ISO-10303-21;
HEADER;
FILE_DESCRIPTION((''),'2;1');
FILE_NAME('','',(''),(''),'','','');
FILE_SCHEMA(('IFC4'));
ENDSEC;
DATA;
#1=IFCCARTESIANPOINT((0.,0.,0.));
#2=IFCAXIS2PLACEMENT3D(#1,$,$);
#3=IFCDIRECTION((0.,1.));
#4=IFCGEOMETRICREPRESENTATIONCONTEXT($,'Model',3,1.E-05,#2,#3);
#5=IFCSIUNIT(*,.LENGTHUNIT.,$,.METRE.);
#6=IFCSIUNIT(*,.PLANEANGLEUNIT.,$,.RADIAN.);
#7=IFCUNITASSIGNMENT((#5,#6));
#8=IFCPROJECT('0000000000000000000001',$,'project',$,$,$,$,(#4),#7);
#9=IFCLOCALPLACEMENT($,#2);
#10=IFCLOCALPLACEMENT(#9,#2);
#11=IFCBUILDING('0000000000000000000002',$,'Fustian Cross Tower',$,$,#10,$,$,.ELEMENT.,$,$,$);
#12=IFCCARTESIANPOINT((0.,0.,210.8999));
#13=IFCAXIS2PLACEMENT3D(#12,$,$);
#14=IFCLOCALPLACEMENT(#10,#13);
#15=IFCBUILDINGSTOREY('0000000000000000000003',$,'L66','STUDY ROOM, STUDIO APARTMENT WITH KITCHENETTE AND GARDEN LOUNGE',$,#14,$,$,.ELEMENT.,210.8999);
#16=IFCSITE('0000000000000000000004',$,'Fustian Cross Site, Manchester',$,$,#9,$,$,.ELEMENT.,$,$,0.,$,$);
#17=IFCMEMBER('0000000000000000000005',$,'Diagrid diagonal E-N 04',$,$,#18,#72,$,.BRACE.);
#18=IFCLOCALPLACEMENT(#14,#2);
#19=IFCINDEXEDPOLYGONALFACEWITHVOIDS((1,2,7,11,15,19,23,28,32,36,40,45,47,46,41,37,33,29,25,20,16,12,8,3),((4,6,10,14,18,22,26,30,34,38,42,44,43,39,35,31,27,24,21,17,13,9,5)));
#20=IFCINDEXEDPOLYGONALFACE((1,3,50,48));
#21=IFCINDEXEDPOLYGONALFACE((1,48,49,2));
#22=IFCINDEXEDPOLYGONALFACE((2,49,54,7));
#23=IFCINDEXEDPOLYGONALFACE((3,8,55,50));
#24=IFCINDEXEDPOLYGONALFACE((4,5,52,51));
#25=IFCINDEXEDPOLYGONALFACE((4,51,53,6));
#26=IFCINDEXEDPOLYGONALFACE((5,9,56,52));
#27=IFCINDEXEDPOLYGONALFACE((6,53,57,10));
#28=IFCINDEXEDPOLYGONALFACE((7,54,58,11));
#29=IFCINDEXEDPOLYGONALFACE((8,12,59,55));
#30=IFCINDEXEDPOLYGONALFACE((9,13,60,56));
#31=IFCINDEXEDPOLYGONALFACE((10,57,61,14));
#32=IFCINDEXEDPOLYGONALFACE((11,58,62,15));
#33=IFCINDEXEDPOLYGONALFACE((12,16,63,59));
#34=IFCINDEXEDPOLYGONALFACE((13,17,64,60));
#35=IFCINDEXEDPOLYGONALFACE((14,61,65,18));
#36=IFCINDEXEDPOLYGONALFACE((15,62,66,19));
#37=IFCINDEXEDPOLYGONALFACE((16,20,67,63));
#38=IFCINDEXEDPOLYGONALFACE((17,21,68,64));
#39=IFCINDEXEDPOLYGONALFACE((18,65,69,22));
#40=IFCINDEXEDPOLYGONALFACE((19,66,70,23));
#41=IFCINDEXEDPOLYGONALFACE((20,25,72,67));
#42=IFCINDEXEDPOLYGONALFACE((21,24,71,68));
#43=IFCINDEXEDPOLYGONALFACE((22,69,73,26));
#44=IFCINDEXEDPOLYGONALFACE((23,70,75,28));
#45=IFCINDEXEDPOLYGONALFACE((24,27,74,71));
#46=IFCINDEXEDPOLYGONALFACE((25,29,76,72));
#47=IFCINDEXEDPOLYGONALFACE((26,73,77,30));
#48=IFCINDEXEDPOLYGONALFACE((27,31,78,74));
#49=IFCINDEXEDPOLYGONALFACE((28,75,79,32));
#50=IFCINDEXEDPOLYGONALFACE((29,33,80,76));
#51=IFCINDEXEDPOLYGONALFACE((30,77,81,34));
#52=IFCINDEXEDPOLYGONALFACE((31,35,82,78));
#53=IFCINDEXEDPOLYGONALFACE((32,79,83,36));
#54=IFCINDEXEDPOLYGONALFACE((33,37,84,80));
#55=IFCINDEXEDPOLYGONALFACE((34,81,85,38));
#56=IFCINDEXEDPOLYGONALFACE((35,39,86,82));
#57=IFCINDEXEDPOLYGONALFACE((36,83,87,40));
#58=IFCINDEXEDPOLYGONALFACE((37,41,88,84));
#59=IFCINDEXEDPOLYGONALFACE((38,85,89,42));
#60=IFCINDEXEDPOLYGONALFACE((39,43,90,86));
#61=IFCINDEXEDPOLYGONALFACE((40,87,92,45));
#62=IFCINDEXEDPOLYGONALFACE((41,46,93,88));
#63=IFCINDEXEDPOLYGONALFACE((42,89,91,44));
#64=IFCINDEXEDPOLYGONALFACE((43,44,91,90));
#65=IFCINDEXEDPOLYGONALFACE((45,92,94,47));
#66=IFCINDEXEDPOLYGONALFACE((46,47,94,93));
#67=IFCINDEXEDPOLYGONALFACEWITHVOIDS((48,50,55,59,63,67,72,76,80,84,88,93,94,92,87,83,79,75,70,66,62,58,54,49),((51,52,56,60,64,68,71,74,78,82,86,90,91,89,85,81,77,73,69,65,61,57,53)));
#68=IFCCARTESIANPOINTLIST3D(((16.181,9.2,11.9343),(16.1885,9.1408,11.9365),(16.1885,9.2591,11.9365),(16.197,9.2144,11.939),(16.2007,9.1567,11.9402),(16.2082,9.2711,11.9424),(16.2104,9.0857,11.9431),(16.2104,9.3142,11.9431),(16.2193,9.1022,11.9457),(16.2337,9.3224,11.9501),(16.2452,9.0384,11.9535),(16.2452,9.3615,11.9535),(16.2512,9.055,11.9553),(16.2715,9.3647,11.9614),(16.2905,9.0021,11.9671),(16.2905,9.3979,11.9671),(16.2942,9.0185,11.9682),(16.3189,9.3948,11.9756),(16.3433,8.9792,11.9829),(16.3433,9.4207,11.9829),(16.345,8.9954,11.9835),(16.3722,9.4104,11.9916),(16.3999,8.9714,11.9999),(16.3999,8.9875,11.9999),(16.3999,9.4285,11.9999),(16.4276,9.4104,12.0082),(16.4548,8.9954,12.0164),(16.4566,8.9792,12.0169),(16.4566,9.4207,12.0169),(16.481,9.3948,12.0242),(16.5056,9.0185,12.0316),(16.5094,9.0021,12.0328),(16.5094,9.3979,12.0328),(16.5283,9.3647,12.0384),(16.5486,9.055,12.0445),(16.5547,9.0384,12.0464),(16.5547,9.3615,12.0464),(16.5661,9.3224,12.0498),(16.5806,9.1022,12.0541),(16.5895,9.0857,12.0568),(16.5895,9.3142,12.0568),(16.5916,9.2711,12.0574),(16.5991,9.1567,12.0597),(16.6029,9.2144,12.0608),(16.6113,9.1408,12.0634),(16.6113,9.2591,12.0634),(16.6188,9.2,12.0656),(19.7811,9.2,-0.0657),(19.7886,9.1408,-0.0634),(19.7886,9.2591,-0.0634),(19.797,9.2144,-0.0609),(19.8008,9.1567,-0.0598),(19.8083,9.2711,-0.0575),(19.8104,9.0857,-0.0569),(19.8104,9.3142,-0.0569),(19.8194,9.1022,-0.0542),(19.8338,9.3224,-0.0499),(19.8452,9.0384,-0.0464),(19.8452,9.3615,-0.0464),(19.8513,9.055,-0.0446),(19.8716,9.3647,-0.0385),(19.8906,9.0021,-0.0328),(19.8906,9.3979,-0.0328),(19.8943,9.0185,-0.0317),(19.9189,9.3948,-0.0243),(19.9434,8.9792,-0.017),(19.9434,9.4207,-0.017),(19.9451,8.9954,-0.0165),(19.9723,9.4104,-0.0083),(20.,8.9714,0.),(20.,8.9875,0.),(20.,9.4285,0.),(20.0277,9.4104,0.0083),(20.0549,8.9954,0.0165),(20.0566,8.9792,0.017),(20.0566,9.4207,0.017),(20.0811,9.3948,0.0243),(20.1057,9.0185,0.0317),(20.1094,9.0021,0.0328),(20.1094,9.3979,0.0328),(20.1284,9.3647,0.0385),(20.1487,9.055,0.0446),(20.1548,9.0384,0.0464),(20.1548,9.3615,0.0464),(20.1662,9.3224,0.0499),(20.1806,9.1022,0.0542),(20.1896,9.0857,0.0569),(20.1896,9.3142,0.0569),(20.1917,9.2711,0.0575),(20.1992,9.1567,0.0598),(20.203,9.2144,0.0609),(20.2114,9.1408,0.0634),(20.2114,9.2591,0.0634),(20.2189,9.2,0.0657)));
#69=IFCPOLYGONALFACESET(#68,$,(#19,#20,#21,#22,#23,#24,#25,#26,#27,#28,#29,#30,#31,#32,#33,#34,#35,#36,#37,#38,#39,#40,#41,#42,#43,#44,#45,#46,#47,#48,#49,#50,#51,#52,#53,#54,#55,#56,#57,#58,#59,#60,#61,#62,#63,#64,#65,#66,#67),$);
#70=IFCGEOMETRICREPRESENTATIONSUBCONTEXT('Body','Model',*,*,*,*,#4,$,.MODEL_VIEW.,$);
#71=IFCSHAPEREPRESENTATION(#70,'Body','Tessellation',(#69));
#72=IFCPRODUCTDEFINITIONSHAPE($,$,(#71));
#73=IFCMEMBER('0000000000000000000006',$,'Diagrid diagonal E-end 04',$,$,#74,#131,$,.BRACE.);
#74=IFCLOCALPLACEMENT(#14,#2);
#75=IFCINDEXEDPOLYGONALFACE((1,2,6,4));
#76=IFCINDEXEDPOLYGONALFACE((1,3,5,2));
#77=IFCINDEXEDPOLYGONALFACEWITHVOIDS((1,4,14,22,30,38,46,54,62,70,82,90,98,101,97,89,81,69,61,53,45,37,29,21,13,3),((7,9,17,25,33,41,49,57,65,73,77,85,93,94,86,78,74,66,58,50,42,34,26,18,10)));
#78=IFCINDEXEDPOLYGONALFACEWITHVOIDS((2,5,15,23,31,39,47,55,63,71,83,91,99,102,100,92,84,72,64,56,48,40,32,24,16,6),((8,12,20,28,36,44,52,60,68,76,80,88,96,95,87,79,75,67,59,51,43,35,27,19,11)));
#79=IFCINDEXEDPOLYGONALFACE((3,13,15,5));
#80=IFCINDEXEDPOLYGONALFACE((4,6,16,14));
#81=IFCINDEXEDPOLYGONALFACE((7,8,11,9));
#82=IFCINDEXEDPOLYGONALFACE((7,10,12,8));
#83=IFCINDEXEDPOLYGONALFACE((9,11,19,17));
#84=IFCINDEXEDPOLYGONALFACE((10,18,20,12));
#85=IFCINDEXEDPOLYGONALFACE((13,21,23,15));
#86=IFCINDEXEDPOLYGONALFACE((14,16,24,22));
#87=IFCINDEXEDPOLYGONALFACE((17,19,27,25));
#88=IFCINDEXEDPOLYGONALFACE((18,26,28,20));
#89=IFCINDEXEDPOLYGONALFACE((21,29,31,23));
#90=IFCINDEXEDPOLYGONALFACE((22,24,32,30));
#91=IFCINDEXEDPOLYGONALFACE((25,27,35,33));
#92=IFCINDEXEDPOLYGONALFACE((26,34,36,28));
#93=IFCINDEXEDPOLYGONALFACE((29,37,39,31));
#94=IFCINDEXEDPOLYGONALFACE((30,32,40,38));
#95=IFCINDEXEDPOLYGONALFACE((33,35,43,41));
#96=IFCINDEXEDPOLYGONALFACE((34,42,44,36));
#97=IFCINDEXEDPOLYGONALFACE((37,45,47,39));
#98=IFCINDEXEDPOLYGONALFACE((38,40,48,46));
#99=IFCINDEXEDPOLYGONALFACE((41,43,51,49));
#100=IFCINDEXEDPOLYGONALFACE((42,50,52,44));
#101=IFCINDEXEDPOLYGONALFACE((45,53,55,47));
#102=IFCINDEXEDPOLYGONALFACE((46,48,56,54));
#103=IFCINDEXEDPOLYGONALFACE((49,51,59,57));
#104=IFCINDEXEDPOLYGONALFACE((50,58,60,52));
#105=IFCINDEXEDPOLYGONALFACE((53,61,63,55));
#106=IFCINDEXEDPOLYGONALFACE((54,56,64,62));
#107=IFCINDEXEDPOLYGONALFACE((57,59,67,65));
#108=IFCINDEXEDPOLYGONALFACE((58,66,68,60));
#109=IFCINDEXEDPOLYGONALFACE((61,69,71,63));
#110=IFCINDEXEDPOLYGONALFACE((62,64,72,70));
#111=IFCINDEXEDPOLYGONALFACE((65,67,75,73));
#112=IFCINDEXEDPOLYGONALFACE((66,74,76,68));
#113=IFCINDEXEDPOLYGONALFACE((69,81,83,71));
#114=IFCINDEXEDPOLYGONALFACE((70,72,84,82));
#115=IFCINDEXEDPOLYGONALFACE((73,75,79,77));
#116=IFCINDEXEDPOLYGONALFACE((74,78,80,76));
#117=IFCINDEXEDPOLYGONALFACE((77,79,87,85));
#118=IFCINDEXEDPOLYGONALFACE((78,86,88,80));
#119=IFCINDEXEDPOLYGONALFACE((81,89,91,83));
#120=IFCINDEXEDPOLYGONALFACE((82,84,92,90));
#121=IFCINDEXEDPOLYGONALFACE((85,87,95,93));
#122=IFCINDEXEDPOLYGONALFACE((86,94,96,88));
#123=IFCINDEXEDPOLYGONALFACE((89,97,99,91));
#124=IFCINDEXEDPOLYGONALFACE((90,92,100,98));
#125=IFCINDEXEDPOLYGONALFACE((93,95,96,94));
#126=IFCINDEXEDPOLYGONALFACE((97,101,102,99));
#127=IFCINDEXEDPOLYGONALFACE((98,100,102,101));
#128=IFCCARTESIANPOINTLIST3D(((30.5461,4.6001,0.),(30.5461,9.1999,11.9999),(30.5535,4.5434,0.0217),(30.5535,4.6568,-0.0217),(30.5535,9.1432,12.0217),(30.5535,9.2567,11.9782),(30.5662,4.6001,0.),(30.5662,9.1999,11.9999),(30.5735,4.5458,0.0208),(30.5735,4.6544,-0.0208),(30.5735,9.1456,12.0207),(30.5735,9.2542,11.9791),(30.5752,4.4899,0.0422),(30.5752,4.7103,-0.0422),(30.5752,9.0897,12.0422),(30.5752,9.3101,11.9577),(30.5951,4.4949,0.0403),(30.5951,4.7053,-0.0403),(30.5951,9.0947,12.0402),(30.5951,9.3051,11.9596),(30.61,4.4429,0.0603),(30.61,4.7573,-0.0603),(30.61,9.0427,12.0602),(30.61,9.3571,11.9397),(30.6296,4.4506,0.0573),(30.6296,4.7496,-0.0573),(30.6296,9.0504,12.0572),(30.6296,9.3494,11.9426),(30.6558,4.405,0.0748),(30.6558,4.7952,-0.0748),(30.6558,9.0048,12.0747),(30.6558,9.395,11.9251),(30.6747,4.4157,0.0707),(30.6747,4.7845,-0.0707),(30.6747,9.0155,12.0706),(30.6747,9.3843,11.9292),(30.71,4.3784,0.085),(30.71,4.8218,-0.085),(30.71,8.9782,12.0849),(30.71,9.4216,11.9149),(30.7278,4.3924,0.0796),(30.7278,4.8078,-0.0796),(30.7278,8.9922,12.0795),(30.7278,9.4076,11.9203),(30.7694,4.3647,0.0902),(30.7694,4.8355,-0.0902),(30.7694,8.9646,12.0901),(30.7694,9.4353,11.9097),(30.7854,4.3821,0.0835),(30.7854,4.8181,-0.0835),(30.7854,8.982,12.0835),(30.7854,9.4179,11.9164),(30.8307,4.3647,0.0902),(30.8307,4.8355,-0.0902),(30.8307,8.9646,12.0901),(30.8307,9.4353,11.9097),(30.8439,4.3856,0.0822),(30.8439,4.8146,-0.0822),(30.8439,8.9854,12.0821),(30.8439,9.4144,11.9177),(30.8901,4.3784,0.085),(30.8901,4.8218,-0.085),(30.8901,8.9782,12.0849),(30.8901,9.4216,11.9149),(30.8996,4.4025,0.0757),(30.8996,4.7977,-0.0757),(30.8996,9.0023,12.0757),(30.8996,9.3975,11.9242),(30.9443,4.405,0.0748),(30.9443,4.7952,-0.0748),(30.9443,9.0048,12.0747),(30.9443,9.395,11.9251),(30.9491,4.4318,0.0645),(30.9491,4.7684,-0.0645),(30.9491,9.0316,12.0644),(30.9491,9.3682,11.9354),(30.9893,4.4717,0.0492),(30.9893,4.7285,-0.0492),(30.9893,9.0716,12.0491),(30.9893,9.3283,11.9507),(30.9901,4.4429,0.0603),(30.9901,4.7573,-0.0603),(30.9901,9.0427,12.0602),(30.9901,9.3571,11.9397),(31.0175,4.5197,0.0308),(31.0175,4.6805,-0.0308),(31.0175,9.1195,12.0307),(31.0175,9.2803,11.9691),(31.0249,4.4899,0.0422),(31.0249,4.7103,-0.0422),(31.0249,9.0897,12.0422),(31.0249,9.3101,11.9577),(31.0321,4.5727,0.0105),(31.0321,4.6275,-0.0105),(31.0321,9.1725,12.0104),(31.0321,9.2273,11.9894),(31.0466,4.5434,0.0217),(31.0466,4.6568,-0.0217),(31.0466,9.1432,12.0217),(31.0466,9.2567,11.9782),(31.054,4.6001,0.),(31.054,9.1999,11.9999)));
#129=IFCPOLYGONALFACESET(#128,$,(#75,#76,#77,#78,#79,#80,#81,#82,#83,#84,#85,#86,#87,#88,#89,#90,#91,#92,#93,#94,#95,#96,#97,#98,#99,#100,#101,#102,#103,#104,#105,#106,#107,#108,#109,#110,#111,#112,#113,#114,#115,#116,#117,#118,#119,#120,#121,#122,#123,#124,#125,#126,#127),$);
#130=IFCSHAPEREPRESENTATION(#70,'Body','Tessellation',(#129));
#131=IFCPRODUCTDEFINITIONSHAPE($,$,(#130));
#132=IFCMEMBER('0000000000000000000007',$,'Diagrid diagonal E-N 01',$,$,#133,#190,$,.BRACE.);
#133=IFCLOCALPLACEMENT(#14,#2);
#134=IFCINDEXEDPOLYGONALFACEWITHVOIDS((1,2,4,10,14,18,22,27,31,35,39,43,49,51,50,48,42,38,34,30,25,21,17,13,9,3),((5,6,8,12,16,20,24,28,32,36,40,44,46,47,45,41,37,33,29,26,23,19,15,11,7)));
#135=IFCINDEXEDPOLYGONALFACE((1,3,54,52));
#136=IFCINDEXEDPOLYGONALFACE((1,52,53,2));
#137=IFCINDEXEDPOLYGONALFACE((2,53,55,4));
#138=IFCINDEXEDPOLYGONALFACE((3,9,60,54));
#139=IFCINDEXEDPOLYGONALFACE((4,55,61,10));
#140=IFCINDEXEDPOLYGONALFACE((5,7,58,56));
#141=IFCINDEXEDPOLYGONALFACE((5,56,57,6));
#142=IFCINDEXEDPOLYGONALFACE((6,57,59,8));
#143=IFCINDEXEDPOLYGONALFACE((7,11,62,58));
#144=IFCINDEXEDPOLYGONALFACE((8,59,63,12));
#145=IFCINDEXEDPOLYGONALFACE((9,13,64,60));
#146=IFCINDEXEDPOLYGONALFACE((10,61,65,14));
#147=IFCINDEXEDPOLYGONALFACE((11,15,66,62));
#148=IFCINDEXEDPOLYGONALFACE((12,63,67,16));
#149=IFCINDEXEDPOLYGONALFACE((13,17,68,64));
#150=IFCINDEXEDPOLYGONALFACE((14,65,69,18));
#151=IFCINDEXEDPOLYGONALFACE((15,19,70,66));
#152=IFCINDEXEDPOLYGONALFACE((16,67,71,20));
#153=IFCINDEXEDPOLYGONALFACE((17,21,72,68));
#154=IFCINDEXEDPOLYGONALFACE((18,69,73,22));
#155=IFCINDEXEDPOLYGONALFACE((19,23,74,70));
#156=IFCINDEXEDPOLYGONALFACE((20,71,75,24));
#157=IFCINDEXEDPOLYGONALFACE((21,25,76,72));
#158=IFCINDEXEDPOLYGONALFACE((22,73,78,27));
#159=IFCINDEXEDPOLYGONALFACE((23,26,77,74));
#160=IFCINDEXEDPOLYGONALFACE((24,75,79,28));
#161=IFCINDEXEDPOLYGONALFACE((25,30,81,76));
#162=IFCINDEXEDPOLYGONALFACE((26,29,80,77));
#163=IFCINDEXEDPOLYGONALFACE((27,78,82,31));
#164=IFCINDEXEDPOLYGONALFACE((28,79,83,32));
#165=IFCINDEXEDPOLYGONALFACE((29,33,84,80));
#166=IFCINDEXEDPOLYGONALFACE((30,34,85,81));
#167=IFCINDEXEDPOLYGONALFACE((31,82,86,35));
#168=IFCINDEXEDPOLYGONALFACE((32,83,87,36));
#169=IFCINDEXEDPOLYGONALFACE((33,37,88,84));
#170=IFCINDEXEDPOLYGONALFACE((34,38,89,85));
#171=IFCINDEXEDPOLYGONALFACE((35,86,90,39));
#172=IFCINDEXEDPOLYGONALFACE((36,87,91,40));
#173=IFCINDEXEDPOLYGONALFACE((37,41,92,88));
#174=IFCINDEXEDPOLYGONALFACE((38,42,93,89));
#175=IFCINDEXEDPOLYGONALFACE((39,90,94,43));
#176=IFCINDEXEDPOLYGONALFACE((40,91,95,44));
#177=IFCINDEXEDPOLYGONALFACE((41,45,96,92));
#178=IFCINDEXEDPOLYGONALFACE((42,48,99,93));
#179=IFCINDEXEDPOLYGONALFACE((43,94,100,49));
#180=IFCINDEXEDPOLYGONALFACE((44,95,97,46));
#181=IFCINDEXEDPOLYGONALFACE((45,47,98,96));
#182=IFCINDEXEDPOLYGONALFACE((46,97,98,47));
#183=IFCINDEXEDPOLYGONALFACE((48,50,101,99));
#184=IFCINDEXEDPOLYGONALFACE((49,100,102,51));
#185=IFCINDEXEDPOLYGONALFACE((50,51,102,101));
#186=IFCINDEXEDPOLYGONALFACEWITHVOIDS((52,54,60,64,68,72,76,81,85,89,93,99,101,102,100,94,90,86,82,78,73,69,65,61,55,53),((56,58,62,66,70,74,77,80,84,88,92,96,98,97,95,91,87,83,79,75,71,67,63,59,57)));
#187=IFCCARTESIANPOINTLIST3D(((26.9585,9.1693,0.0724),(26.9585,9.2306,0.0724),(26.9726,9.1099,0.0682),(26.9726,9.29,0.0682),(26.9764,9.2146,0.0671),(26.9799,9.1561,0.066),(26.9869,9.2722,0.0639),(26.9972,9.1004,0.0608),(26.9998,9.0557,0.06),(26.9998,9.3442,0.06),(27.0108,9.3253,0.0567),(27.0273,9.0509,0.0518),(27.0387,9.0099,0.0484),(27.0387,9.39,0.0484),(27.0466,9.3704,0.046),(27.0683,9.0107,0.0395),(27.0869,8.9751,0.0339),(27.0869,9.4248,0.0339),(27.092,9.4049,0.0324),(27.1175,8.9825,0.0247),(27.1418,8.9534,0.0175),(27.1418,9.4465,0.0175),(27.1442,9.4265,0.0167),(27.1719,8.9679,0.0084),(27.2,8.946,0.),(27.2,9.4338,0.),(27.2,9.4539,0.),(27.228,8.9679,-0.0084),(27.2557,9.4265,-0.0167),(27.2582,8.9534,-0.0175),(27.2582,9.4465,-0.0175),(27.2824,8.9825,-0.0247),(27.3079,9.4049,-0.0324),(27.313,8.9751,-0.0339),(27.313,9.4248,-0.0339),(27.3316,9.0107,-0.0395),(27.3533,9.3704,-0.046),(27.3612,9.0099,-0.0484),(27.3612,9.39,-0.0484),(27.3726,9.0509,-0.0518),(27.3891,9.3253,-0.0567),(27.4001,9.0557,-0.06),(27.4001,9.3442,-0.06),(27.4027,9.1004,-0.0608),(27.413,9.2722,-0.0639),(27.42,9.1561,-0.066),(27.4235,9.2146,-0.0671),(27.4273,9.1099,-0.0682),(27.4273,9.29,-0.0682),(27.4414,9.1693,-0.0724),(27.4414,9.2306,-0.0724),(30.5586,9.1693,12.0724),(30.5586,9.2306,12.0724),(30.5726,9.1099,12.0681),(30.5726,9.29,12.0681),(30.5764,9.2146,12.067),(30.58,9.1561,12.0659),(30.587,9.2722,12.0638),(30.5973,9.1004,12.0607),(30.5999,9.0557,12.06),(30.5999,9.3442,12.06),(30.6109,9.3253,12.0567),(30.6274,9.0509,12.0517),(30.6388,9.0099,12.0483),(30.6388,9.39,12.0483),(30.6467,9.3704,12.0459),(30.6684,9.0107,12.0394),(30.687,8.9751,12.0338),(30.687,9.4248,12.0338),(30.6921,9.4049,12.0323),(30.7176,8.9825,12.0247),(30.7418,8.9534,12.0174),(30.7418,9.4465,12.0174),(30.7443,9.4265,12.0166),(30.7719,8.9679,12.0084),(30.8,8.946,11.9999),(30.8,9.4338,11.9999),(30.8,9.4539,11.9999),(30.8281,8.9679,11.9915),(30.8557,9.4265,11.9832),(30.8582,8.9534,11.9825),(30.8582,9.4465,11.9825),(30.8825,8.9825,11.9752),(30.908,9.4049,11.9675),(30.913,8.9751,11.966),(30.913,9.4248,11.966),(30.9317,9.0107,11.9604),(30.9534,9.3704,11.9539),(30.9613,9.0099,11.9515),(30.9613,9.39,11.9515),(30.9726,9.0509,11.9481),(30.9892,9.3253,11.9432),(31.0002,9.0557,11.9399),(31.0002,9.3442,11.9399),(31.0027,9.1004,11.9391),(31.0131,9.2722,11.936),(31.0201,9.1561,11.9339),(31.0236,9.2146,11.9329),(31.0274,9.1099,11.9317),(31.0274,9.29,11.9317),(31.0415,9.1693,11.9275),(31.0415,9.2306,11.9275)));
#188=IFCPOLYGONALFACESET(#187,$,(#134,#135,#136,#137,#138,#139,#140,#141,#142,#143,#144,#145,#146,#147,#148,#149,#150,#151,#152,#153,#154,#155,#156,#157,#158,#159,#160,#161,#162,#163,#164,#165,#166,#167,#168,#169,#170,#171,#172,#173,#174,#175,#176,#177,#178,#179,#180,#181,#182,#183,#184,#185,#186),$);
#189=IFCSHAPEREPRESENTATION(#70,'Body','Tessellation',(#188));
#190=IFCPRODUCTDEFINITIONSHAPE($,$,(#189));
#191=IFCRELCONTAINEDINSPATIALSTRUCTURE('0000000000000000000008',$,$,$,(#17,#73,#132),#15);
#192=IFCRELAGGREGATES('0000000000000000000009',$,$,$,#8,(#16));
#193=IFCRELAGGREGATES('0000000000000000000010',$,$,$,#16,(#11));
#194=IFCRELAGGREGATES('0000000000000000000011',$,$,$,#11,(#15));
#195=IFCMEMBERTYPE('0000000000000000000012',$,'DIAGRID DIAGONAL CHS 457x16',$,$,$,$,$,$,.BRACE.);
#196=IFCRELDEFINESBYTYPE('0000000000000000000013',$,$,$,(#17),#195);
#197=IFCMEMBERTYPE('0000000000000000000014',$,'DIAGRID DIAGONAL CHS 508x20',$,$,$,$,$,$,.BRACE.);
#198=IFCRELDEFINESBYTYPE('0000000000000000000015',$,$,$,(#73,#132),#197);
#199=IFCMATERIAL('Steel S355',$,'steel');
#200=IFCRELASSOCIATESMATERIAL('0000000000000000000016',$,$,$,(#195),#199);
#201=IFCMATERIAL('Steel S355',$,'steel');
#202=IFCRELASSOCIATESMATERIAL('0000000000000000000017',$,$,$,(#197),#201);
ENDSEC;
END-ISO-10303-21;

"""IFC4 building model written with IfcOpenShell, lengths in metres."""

from ifc_helpers import new_model, si_unit, direction, frame, origin, origin_2d, place, context, subcontext, project, spatial, hollow_circle, extrude, material, material_profile, profile_set, type_object, element, save


model = new_model("IFC4")

# Units and contexts
model_context = context("Model", 3, precision=1e-05, world=origin(), true_north=direction((0.0, 1.0)))
body_context = subcontext(model_context, "Body", "Model", "MODEL_VIEW")
ifc_project = project(units=[si_unit("LENGTHUNIT", "METRE"), si_unit("PLANEANGLEUNIT", "RADIAN")], contexts=[model_context])

# Site, building, storey
site_placement = place(None, origin())
site = spatial("IfcSite", under=ifc_project, at=site_placement, Name="Fustian Cross Site, Manchester", CompositionType="ELEMENT", RefElevation=0.0)
building_placement = place(site_placement, origin())
building = spatial("IfcBuilding", under=site, at=building_placement, Name="Fustian Cross Tower", CompositionType="ELEMENT")
storey_placement = place(building_placement, frame((0.0, 0.0, 210.8999)))
storey = spatial("IfcBuildingStorey", under=building, at=storey_placement, Name="L66", Description="STUDY ROOM, STUDIO APARTMENT WITH KITCHENETTE AND GARDEN LOUNGE", CompositionType="ELEMENT", Elevation=210.8999)

# Members
ifc_material_1 = material(Name="Steel S355", Category="steel")
ifc_material_profile_1 = material_profile(ifc_material_1, hollow_circle(Radius=0.2285, WallThickness=0.0161, at=origin_2d()), Name="CHS 457x16")
ifc_profile_set_1 = profile_set([ifc_material_profile_1], Name="Steel S355")
member_type_1 = type_object("IfcMemberType", Name="DIAGRID DIAGONAL CHS 457x16", PredefinedType="BRACE", material=ifc_profile_set_1)
for number, where, z_axis, x_axis, name in (
    (1, (20.0, 9.2, 0.0), (-0.287355, 0.0, 0.957824), (0.0, -1.0, 0.0), "Diagrid diagonal E-N 04"),
):
    element("IfcMember", number, at=place(storey_placement, frame(where, z_axis=z_axis, x_axis=x_axis)), inside=storey, type_object=member_type_1, Name=name, PredefinedType="BRACE", context=body_context, shape_type="SweptSolid", body=[
        extrude(hollow_circle(Radius=0.2285, WallThickness=0.0161, at=origin_2d()), origin(), (0.0, 0.0, 1.0), 12.5283),
    ])
ifc_material_2 = material(Name="Steel S355", Category="steel")
ifc_material_profile_2 = material_profile(ifc_material_2, hollow_circle(Radius=0.2539, WallThickness=0.02, at=origin_2d()), Name="CHS 508x20")
ifc_profile_set_2 = profile_set([ifc_material_profile_2], Name="Steel S355")
member_type_2 = type_object("IfcMemberType", Name="DIAGRID DIAGONAL CHS 508x20", PredefinedType="BRACE", material=ifc_profile_set_2)
member_1_placement = place(storey_placement, frame((30.8, 4.6001, 0.0), z_axis=(0.0, 0.357926, 0.93375), x_axis=(-1.0, 0.0, 0.0)))
element("IfcMember", 2, at=member_1_placement, inside=storey, type_object=member_type_2, Name="Diagrid diagonal E-end 04", PredefinedType="BRACE", context=body_context, shape_type="SweptSolid", body=[
    extrude(hollow_circle(Radius=0.2539, WallThickness=0.02, at=origin_2d()), origin(), (0.0, 0.0, 1.0), 12.8513),
])
member_2_placement = place(storey_placement, frame((27.2, 9.2, 0.0), z_axis=(0.287355, 0.0, 0.957824), x_axis=(0.0, 1.0, 0.0)))
element("IfcMember", 3, at=member_2_placement, inside=storey, type_object=member_type_2, Name="Diagrid diagonal E-N 01", PredefinedType="BRACE", context=body_context, shape_type="SweptSolid", body=[
    extrude(hollow_circle(Radius=0.2539, WallThickness=0.02, at=origin_2d()), origin(), (0.0, 0.0, 1.0), 12.5283),
])

save(model, "model.ifc")
